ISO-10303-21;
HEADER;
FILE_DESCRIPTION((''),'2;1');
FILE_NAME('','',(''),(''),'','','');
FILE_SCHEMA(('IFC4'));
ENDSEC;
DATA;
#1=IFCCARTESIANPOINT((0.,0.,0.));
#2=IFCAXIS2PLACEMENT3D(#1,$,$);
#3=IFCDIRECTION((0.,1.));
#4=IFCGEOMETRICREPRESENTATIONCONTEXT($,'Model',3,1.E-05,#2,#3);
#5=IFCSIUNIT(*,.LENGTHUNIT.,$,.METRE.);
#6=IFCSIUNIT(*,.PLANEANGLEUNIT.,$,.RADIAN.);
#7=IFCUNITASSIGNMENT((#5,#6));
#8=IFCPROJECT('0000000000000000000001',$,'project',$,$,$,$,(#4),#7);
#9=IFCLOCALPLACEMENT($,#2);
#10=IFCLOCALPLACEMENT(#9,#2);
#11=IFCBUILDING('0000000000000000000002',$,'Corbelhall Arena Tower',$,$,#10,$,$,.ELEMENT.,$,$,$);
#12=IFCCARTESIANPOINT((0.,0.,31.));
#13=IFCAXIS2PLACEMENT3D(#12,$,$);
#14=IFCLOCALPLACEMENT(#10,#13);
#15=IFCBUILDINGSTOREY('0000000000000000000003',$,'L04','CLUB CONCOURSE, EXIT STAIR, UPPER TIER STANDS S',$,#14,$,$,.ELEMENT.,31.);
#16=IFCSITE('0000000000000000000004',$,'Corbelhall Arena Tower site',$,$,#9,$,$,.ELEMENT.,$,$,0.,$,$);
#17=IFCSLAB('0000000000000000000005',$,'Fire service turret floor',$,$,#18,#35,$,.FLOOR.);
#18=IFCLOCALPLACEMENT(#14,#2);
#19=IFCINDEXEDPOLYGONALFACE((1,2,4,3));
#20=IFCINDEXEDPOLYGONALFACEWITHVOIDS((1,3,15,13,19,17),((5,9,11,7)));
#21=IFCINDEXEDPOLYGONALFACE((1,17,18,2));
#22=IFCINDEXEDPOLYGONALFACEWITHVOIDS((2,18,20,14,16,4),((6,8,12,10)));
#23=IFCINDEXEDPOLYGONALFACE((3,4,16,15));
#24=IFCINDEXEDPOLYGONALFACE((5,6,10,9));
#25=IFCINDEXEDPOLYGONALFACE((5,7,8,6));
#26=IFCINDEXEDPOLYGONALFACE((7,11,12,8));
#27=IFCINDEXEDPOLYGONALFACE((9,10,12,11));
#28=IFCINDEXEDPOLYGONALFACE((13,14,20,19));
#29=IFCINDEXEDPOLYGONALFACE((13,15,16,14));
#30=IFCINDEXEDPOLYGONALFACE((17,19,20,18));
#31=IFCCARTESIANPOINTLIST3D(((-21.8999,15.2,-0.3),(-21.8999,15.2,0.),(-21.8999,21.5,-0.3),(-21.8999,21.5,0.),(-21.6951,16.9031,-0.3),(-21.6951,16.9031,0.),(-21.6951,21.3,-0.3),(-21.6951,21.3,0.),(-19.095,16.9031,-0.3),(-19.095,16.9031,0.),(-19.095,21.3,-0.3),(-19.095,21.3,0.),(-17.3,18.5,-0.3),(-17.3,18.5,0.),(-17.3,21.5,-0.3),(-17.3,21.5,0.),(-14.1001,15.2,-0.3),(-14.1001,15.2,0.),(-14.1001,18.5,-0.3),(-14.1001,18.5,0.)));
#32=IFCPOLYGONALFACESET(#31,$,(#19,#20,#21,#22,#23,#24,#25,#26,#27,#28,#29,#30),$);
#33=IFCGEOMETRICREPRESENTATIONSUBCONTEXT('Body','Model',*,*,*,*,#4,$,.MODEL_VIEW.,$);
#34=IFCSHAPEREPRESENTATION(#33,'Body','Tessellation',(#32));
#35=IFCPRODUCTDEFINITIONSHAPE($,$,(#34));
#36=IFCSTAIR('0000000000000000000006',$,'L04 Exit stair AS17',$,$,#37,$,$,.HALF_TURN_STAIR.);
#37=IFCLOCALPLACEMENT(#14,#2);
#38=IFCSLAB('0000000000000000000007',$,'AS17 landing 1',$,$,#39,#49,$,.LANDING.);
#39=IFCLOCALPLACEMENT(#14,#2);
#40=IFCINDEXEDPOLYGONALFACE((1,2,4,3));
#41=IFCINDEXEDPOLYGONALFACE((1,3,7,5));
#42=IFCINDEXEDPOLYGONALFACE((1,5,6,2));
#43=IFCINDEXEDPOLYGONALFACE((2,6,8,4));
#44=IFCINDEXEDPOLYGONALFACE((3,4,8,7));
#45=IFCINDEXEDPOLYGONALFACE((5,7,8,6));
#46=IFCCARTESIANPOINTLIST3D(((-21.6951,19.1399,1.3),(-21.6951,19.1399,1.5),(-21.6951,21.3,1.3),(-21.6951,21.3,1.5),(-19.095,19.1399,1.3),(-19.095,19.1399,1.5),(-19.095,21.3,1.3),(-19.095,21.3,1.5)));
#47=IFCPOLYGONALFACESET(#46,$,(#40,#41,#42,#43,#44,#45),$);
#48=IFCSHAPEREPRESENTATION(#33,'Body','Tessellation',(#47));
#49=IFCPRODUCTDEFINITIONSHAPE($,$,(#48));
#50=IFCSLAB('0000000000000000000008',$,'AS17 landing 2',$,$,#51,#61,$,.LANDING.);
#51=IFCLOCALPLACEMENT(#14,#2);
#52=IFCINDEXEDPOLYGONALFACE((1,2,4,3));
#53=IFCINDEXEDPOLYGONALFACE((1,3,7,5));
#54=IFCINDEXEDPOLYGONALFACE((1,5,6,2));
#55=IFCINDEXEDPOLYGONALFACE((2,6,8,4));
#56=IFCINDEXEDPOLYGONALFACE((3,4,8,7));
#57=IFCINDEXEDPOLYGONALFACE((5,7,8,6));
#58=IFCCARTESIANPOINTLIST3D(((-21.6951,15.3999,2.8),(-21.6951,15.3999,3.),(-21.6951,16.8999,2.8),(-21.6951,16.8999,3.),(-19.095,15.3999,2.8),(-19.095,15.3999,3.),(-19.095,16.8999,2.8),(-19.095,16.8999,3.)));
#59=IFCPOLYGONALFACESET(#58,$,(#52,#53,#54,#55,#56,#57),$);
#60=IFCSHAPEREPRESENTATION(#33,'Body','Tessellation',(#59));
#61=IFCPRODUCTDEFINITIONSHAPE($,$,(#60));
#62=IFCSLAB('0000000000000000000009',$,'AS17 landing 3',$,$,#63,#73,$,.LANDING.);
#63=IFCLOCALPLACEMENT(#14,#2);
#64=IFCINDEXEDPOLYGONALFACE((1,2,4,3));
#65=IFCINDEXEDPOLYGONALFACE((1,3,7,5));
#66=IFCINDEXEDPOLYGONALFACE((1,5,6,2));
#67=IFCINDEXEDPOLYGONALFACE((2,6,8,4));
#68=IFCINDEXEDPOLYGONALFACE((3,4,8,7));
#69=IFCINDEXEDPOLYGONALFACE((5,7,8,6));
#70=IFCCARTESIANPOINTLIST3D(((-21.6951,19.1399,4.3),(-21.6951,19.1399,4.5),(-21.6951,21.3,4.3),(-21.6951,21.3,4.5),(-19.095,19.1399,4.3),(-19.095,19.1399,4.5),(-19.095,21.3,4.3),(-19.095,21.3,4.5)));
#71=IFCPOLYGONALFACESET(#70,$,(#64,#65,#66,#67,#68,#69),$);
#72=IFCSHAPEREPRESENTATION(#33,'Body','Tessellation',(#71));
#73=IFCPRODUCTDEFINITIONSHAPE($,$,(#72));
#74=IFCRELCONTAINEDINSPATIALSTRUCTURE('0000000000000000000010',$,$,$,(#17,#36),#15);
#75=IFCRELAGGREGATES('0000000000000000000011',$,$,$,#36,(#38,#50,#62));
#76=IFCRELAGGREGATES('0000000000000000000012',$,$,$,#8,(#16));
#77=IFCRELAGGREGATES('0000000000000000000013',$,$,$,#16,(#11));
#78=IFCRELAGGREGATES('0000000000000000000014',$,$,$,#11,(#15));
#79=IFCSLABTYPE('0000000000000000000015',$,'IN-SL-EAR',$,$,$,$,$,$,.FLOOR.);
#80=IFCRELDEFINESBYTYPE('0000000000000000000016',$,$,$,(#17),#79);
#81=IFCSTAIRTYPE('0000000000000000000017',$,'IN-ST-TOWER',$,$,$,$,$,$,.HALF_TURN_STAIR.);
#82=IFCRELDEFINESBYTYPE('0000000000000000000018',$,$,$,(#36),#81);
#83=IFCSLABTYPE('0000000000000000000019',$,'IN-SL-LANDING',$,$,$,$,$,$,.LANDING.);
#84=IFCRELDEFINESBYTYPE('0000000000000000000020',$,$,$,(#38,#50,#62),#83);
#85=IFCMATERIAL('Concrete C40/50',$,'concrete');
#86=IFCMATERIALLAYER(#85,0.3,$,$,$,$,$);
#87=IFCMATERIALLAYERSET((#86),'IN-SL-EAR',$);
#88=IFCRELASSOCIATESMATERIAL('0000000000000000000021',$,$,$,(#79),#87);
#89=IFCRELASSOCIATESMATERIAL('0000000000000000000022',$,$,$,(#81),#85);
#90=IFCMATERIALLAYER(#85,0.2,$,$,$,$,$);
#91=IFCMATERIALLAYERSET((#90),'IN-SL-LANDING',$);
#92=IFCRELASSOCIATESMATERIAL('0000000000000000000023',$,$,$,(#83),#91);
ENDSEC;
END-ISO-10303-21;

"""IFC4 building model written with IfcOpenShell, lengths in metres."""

from ifc_helpers import new_model, si_unit, direction, frame, origin, place, context, subcontext, project, spatial, polyline, outline, extrude, material, layer, layer_set, type_object, element, aggregate, save


model = new_model("IFC4")

# Units and contexts
model_context = context("Model", 3, precision=1e-05, world=origin(), true_north=direction((0.0, 1.0)))
body_context = subcontext(model_context, "Body", "Model", "MODEL_VIEW")
ifc_project = project(units=[si_unit("LENGTHUNIT", "METRE"), si_unit("PLANEANGLEUNIT", "RADIAN")], contexts=[model_context])

# Site, building, storey
site_placement = place(None, origin())
site = spatial("IfcSite", under=ifc_project, at=site_placement, Name="Corbelhall Arena Tower site", CompositionType="ELEMENT", RefElevation=0.0)
building_placement = place(site_placement, origin())
building = spatial("IfcBuilding", under=site, at=building_placement, Name="Corbelhall Arena Tower", CompositionType="ELEMENT")
storey_placement = place(building_placement, frame((0.0, 0.0, 31.0)))
storey = spatial("IfcBuildingStorey", under=building, at=storey_placement, Name="L04", Description="CLUB CONCOURSE, EXIT STAIR, UPPER TIER STANDS S", CompositionType="ELEMENT", Elevation=31.0)

# Slab
ifc_material_1 = material(Name="Concrete C40/50", Category="concrete")
ifc_layer_1 = layer(ifc_material_1, 0.3)
ifc_layer_set_1 = layer_set([ifc_layer_1], Name="IN-SL-EAR")
slab_type_1 = type_object("IfcSlabType", Name="IN-SL-EAR", PredefinedType="FLOOR", material=ifc_layer_set_1)
slab_1_placement = place(storey_placement, frame((0.0, 0.0, -0.3)))
element("IfcSlab", 1, at=slab_1_placement, inside=storey, type_object=slab_type_1, Name="Fire service turret floor", PredefinedType="FLOOR", context=body_context, shape_type="SweptSolid", body=[
    extrude(outline(polyline([(-21.8999, 15.2), (-14.1001, 15.2), (-14.1001, 18.5), (-17.3, 18.5), (-17.3, 21.5), (-21.8999, 21.5), (-21.8999, 15.2)]), holes=[polyline([(-19.095, 21.3), (-21.6951, 21.3), (-21.6951, 16.9031), (-19.095, 16.9031), (-19.095, 21.3)])]), origin(), (0.0, 0.0, 1.0), 0.3),
])

# Stair, slabs
stair_type_1 = type_object("IfcStairType", Name="IN-ST-TOWER", PredefinedType="HALF_TURN_STAIR", material=ifc_material_1)
stair_1_placement = place(storey_placement, origin())
stair_1 = element("IfcStair", 2, at=stair_1_placement, inside=storey, type_object=stair_type_1, Name="L04 Exit stair AS17", PredefinedType="HALF_TURN_STAIR")
ifc_layer_2 = layer(ifc_material_1, 0.2)
ifc_layer_set_2 = layer_set([ifc_layer_2], Name="IN-SL-LANDING")
slab_type_2 = type_object("IfcSlabType", Name="IN-SL-LANDING", PredefinedType="LANDING", material=ifc_layer_set_2)
slab_2_placement = place(storey_placement, frame((0.0, 0.0, 1.3)))
slab_2 = element("IfcSlab", 3, at=slab_2_placement, type_object=slab_type_2, Name="AS17 landing 1", PredefinedType="LANDING", context=body_context, shape_type="SweptSolid", body=[
    extrude(outline(polyline([(-19.095, 19.1399), (-19.095, 21.3), (-21.6951, 21.3), (-21.6951, 19.1399), (-19.095, 19.1399)])), origin(), (0.0, 0.0, 1.0), 0.2),
])
slab_3_placement = place(storey_placement, frame((0.0, 0.0, 2.8)))
slab_3 = element("IfcSlab", 4, at=slab_3_placement, type_object=slab_type_2, Name="AS17 landing 2", PredefinedType="LANDING", context=body_context, shape_type="SweptSolid", body=[
    extrude(outline(polyline([(-19.095, 15.3999), (-19.095, 16.8999), (-21.6951, 16.8999), (-21.6951, 15.3999), (-19.095, 15.3999)])), origin(), (0.0, 0.0, 1.0), 0.2),
])
slab_4_placement = place(storey_placement, frame((0.0, 0.0, 4.3)))
slab_4 = element("IfcSlab", 5, at=slab_4_placement, type_object=slab_type_2, Name="AS17 landing 3", PredefinedType="LANDING", context=body_context, shape_type="SweptSolid", body=[
    extrude(outline(polyline([(-19.095, 19.1399), (-19.095, 21.3), (-21.6951, 21.3), (-21.6951, 19.1399), (-19.095, 19.1399)])), origin(), (0.0, 0.0, 1.0), 0.2),
])
aggregate(stair_1, [slab_2, slab_3, slab_4])

save(model, "model.ifc")
